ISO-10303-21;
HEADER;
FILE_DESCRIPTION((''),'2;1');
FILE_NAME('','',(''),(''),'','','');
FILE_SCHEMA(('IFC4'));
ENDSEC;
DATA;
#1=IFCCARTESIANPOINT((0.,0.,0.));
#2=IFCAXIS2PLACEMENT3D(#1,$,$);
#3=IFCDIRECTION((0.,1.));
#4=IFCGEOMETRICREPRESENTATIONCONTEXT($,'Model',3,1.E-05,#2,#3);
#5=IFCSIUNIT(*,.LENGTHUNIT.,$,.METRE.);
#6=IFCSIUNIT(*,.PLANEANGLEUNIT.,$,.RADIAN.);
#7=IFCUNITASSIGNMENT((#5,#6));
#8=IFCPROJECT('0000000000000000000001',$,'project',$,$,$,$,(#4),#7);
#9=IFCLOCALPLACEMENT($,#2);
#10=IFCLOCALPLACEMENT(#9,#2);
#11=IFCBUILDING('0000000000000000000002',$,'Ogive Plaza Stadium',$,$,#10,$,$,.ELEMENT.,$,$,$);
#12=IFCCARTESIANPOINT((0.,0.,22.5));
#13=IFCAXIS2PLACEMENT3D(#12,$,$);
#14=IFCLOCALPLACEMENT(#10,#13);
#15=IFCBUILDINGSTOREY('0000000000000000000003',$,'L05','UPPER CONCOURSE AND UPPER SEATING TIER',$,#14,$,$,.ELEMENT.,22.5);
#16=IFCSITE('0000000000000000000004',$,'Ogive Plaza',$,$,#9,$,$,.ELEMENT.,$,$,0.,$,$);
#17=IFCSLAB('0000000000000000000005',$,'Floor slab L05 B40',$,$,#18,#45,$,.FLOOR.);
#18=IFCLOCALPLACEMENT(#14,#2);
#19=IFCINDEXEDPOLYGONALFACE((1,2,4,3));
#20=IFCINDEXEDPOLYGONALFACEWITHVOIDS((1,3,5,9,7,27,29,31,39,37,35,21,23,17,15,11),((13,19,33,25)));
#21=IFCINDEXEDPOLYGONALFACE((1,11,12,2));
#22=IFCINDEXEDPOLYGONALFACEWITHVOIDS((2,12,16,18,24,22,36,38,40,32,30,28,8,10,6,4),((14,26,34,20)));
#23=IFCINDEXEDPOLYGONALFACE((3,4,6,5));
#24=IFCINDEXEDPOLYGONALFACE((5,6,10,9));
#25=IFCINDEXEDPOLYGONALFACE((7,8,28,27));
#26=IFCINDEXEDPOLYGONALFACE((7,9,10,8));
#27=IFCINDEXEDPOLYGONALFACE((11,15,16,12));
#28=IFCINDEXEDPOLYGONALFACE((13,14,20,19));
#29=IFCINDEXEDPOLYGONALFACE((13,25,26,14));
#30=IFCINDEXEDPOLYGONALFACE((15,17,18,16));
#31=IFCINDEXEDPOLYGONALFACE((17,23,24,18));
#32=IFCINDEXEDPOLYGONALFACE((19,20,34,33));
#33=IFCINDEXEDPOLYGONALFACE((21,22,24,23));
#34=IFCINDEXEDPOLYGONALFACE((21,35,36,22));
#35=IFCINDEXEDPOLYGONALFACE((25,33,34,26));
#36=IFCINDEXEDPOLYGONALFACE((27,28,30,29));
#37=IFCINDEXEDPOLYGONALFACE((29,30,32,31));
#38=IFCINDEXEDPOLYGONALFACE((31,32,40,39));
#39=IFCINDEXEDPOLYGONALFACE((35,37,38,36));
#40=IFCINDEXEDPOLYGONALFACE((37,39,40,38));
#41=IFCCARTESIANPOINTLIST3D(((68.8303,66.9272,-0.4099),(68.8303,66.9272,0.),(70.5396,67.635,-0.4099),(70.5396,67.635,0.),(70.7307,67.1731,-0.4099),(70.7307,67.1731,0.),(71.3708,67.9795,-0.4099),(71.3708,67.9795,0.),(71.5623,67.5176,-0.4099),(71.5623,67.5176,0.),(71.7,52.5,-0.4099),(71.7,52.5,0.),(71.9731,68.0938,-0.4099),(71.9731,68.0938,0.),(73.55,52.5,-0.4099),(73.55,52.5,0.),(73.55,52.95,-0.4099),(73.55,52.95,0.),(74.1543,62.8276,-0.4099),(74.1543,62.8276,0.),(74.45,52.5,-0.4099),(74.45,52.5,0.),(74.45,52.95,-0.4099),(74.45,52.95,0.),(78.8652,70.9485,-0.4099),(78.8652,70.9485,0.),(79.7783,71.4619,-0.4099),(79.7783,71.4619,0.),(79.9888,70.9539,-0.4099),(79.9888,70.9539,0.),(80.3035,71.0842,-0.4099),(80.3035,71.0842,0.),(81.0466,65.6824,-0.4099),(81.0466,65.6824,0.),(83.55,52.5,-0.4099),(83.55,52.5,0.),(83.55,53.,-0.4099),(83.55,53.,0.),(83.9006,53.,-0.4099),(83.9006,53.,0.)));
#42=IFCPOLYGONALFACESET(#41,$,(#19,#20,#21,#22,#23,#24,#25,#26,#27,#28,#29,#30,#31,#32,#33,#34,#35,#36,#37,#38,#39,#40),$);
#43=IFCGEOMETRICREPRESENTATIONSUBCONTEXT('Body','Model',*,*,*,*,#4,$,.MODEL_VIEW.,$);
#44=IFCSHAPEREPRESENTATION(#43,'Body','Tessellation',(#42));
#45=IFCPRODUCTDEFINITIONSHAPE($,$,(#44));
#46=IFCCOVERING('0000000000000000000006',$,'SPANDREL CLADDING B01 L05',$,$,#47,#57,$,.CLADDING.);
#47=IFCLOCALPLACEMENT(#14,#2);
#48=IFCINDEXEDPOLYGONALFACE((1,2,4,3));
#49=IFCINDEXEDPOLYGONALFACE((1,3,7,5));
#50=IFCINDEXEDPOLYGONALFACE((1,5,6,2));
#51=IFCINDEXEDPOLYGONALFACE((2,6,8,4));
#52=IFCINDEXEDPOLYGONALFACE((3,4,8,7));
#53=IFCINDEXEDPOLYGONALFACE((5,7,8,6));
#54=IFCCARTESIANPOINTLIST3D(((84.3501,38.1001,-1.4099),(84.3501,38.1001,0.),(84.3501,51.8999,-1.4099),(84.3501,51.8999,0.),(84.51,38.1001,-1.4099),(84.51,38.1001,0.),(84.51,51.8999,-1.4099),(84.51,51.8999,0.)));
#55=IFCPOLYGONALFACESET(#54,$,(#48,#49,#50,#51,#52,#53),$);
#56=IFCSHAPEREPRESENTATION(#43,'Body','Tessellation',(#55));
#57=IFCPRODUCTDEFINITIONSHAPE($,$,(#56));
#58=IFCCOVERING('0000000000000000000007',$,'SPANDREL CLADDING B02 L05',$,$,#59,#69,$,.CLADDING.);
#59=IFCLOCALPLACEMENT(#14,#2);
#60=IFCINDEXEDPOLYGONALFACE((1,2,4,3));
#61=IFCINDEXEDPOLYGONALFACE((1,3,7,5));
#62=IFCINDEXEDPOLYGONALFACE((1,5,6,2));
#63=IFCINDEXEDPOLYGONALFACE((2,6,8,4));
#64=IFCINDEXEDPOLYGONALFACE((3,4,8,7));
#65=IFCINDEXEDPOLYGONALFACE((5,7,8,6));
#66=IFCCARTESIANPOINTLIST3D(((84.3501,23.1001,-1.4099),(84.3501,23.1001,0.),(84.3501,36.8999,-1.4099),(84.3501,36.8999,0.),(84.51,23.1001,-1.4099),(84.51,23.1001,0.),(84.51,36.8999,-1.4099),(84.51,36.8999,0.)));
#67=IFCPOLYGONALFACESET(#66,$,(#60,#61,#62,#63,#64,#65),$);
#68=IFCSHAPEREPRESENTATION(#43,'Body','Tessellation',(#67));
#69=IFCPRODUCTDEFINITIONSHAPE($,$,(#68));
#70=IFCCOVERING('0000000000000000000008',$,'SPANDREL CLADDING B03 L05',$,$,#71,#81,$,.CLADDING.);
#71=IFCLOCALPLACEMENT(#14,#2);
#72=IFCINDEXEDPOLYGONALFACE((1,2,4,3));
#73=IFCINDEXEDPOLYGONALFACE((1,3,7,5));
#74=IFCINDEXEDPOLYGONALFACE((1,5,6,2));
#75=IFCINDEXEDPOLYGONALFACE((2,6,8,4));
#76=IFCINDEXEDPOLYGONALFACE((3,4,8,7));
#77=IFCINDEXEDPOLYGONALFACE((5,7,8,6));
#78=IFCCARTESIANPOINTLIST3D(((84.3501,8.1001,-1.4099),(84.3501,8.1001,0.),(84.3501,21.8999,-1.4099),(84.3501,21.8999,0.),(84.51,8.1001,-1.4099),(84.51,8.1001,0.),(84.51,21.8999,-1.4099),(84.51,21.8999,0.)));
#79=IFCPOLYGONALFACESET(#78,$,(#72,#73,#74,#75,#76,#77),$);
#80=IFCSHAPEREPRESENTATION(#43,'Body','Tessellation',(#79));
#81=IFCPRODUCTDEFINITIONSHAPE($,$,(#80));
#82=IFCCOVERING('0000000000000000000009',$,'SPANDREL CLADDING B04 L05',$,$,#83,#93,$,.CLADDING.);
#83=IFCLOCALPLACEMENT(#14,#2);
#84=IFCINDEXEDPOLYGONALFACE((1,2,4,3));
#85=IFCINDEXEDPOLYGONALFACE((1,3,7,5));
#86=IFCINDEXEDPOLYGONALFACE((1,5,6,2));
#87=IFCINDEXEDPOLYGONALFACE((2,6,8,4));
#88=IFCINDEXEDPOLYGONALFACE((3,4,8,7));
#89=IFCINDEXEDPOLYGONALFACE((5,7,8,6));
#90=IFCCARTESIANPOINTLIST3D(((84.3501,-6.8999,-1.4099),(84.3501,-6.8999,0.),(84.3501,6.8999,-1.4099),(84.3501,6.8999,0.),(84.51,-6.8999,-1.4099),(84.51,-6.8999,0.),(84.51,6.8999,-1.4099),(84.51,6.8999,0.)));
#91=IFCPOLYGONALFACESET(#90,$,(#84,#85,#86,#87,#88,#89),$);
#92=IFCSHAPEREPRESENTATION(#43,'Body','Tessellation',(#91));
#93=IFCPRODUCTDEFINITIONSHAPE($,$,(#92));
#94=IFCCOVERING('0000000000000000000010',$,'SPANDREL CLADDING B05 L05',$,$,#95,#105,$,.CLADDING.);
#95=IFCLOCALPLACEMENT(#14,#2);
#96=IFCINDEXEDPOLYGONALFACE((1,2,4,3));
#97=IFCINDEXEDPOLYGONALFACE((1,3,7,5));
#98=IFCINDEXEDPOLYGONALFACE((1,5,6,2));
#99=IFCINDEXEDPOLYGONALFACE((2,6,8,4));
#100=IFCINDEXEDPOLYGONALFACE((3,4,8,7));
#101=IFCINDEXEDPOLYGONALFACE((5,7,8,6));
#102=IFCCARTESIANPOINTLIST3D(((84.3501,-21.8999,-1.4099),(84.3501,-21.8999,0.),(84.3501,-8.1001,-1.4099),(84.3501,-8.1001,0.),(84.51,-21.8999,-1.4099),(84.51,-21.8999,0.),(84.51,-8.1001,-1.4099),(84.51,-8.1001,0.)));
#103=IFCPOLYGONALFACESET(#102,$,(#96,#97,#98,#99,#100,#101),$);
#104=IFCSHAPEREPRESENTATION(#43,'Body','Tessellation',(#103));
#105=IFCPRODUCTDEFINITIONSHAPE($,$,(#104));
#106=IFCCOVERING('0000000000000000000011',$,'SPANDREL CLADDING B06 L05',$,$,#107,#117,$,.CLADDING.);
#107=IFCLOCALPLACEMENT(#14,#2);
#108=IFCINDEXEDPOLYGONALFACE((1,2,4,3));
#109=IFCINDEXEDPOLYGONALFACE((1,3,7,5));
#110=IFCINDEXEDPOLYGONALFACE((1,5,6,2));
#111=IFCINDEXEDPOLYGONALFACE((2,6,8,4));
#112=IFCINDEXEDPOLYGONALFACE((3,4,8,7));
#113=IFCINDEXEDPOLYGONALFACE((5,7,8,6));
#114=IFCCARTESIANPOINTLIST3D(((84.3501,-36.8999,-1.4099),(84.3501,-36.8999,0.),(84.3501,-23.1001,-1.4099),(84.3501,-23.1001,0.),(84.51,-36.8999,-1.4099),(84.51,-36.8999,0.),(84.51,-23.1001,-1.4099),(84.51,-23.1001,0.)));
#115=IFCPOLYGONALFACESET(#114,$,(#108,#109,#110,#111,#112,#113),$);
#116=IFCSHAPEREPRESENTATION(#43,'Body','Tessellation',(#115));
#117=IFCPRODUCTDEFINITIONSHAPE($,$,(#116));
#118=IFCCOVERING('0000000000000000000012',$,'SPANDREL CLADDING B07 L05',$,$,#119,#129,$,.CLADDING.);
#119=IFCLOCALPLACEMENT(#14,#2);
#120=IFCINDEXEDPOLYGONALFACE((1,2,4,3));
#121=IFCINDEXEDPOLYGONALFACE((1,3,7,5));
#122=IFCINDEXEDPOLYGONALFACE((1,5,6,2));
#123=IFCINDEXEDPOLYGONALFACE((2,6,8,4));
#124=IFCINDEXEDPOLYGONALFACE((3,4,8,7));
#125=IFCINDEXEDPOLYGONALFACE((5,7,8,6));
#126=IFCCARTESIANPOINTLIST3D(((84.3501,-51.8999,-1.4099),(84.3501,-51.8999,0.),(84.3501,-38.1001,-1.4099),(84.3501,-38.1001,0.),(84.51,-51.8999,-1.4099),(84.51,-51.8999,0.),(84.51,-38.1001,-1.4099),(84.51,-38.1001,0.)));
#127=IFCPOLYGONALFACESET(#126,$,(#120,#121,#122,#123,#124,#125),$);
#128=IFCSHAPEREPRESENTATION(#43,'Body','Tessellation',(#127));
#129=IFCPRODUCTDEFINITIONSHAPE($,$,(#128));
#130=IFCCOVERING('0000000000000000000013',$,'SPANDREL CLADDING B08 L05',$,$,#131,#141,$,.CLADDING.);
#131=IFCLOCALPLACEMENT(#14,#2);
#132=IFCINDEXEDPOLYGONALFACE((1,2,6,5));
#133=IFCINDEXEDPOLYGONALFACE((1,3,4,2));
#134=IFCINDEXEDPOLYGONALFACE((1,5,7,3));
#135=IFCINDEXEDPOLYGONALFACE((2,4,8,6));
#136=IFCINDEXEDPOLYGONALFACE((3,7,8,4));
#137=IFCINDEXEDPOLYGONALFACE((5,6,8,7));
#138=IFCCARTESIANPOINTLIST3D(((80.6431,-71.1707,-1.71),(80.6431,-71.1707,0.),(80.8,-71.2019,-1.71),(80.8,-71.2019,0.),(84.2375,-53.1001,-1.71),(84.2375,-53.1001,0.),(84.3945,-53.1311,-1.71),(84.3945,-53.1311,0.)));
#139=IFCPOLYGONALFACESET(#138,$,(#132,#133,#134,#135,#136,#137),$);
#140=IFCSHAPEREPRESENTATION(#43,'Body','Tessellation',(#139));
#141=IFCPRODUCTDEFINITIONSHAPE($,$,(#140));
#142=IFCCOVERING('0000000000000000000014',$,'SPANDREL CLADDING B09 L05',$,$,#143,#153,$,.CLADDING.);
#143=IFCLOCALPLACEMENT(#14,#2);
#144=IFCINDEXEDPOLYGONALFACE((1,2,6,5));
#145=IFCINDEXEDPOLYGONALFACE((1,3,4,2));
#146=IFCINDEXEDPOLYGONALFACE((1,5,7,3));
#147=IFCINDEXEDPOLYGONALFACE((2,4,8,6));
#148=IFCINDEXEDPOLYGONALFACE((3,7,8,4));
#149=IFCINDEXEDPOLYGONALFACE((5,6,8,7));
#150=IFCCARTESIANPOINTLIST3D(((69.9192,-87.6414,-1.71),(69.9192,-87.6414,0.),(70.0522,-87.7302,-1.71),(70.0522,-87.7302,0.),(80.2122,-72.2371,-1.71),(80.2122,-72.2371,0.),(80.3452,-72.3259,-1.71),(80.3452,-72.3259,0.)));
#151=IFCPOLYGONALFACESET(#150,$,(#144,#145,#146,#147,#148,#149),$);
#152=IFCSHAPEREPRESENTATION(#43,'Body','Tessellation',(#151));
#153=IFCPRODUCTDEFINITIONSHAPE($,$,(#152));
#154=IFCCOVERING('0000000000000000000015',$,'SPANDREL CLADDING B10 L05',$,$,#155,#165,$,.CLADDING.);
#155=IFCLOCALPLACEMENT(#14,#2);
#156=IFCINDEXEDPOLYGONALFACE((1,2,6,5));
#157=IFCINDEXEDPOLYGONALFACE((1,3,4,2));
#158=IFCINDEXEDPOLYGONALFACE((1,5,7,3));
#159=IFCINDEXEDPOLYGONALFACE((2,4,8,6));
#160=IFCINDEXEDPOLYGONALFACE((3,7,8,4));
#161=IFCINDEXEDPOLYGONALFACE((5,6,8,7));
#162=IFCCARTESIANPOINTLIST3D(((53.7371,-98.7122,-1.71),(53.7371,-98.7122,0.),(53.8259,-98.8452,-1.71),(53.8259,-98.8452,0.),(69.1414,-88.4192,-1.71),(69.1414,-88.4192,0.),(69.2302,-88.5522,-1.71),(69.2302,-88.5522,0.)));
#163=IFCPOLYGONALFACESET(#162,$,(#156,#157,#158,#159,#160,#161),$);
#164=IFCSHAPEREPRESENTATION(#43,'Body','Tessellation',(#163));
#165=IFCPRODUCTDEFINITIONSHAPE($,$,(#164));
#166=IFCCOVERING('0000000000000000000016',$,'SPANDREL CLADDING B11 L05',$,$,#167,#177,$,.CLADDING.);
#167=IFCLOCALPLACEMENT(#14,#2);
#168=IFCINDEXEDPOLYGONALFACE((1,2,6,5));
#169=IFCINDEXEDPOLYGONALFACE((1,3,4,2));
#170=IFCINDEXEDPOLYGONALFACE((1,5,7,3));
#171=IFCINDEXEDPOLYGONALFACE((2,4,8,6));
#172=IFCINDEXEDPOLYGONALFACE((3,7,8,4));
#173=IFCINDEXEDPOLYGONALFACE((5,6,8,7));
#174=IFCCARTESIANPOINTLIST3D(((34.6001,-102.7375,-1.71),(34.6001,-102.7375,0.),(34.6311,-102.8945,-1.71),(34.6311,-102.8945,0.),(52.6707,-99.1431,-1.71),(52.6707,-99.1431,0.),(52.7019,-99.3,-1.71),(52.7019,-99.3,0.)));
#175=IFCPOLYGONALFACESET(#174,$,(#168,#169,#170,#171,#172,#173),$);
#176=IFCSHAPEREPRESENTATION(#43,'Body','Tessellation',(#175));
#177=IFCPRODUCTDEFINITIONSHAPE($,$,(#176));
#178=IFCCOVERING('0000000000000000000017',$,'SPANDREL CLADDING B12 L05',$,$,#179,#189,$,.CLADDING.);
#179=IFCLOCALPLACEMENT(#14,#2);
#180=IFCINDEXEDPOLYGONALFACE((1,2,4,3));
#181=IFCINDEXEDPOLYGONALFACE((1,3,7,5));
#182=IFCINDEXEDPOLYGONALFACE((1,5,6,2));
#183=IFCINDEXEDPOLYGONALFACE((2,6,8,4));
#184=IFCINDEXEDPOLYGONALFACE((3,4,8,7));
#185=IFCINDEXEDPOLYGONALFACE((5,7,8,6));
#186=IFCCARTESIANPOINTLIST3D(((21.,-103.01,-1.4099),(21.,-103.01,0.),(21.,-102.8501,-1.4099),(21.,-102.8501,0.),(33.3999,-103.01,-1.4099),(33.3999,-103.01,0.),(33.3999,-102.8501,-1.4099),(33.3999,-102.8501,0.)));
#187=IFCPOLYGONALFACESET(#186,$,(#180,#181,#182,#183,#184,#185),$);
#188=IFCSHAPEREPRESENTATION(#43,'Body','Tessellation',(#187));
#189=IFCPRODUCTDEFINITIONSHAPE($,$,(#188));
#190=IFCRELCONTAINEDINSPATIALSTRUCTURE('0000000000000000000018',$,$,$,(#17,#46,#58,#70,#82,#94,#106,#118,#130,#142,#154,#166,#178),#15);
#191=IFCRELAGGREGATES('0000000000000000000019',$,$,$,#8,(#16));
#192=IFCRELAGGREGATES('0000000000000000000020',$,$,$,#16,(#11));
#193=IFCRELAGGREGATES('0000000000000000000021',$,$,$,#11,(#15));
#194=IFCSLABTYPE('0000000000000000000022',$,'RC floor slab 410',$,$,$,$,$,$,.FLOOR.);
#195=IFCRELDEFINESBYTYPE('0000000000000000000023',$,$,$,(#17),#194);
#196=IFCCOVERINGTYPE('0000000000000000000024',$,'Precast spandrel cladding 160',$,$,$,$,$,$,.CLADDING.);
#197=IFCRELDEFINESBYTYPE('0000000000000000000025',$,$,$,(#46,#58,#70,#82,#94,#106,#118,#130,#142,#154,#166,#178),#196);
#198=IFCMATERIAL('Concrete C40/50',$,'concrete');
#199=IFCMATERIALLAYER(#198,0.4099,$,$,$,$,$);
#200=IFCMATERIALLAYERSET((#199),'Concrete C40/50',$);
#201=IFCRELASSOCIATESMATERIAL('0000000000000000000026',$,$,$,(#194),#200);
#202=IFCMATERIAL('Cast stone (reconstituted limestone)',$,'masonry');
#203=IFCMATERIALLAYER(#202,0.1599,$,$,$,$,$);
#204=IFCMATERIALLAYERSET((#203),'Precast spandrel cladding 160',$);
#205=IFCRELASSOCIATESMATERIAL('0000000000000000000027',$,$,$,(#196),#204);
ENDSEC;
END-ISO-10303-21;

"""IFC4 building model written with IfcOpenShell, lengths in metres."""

from ifc_helpers import new_model, si_unit, direction, frame, origin, place, context, subcontext, project, spatial, polyline, outline, extrude, material, layer, layer_set, type_object, element, save


model = new_model("IFC4")

# Units and contexts
model_context = context("Model", 3, precision=1e-05, world=origin(), true_north=direction((0.0, 1.0)))
body_context = subcontext(model_context, "Body", "Model", "MODEL_VIEW")
ifc_project = project(units=[si_unit("LENGTHUNIT", "METRE"), si_unit("PLANEANGLEUNIT", "RADIAN")], contexts=[model_context])

# Site, building, storey
site_placement = place(None, origin())
site = spatial("IfcSite", under=ifc_project, at=site_placement, Name="Ogive Plaza", CompositionType="ELEMENT", RefElevation=0.0)
building_placement = place(site_placement, origin())
building = spatial("IfcBuilding", under=site, at=building_placement, Name="Ogive Plaza Stadium", CompositionType="ELEMENT")
storey_placement = place(building_placement, frame((0.0, 0.0, 22.5)))
storey = spatial("IfcBuildingStorey", under=building, at=storey_placement, Name="L05", Description="UPPER CONCOURSE AND UPPER SEATING TIER", CompositionType="ELEMENT", Elevation=22.5)

# Slab
ifc_material_1 = material(Name="Concrete C40/50", Category="concrete")
ifc_layer_1 = layer(ifc_material_1, 0.4099)
ifc_layer_set_1 = layer_set([ifc_layer_1], Name="Concrete C40/50")
slab_type = type_object("IfcSlabType", Name="RC floor slab 410", PredefinedType="FLOOR", material=ifc_layer_set_1)
slab_1_placement = place(storey_placement, frame((0.0, 0.0, -0.4099)))
element("IfcSlab", 1, at=slab_1_placement, inside=storey, type_object=slab_type, Name="Floor slab L05 B40", PredefinedType="FLOOR", context=body_context, shape_type="SweptSolid", body=[
    extrude(outline(polyline([(73.55, 52.5), (73.55, 52.95), (74.45, 52.95), (74.45, 52.5), (83.55, 52.5), (83.55, 53.0), (83.9006, 53.0), (80.3035, 71.0842), (79.9888, 70.9539), (79.7783, 71.4619), (71.3708, 67.9795), (71.5623, 67.5176), (70.7307, 67.1731), (70.5396, 67.635), (68.8303, 66.9272), (71.7, 52.5), (73.55, 52.5)]), holes=[polyline([(71.9731, 68.0938), (74.1543, 62.8276), (81.0466, 65.6824), (78.8652, 70.9485), (71.9731, 68.0938)])]), origin(), (0.0, 0.0, 1.0), 0.4099),
])

# Coverings
ifc_material_2 = material(Name="Cast stone (reconstituted limestone)", Category="masonry")
ifc_layer_2 = layer(ifc_material_2, 0.1599)
ifc_layer_set_2 = layer_set([ifc_layer_2], Name="Precast spandrel cladding 160")
covering_type = type_object("IfcCoveringType", Name="Precast spandrel cladding 160", PredefinedType="CLADDING", material=ifc_layer_set_2)
covering_1_placement = place(storey_placement, frame((0.0, 0.0, -1.4099)))
element("IfcCovering", 2, at=covering_1_placement, inside=storey, type_object=covering_type, Name="SPANDREL CLADDING B01 L05", PredefinedType="CLADDING", context=body_context, shape_type="SweptSolid", body=[
    extrude(outline(polyline([(84.3501, 51.8999), (84.3501, 38.1001), (84.51, 38.1001), (84.51, 51.8999), (84.3501, 51.8999)])), origin(), (0.0, 0.0, 1.0), 1.4099),
])
covering_2_placement = place(storey_placement, frame((0.0, 0.0, -1.4099)))
element("IfcCovering", 3, at=covering_2_placement, inside=storey, type_object=covering_type, Name="SPANDREL CLADDING B02 L05", PredefinedType="CLADDING", context=body_context, shape_type="SweptSolid", body=[
    extrude(outline(polyline([(84.3501, 36.8999), (84.3501, 23.1001), (84.51, 23.1001), (84.51, 36.8999), (84.3501, 36.8999)])), origin(), (0.0, 0.0, 1.0), 1.4099),
])
covering_3_placement = place(storey_placement, frame((0.0, 0.0, -1.4099)))
element("IfcCovering", 4, at=covering_3_placement, inside=storey, type_object=covering_type, Name="SPANDREL CLADDING B03 L05", PredefinedType="CLADDING", context=body_context, shape_type="SweptSolid", body=[
    extrude(outline(polyline([(84.3501, 21.8999), (84.3501, 8.1001), (84.51, 8.1001), (84.51, 21.8999), (84.3501, 21.8999)])), origin(), (0.0, 0.0, 1.0), 1.4099),
])
covering_4_placement = place(storey_placement, frame((0.0, 0.0, -1.4099)))
element("IfcCovering", 5, at=covering_4_placement, inside=storey, type_object=covering_type, Name="SPANDREL CLADDING B04 L05", PredefinedType="CLADDING", context=body_context, shape_type="SweptSolid", body=[
    extrude(outline(polyline([(84.3501, 6.8999), (84.3501, -6.8999), (84.51, -6.8999), (84.51, 6.8999), (84.3501, 6.8999)])), origin(), (0.0, 0.0, 1.0), 1.4099),
])
covering_5_placement = place(storey_placement, frame((0.0, 0.0, -1.4099)))
element("IfcCovering", 6, at=covering_5_placement, inside=storey, type_object=covering_type, Name="SPANDREL CLADDING B05 L05", PredefinedType="CLADDING", context=body_context, shape_type="SweptSolid", body=[
    extrude(outline(polyline([(84.3501, -8.1001), (84.3501, -21.8999), (84.51, -21.8999), (84.51, -8.1001), (84.3501, -8.1001)])), origin(), (0.0, 0.0, 1.0), 1.4099),
])
covering_6_placement = place(storey_placement, frame((0.0, 0.0, -1.4099)))
element("IfcCovering", 7, at=covering_6_placement, inside=storey, type_object=covering_type, Name="SPANDREL CLADDING B06 L05", PredefinedType="CLADDING", context=body_context, shape_type="SweptSolid", body=[
    extrude(outline(polyline([(84.3501, -23.1001), (84.3501, -36.8999), (84.51, -36.8999), (84.51, -23.1001), (84.3501, -23.1001)])), origin(), (0.0, 0.0, 1.0), 1.4099),
])
covering_7_placement = place(storey_placement, frame((0.0, 0.0, -1.4099)))
element("IfcCovering", 8, at=covering_7_placement, inside=storey, type_object=covering_type, Name="SPANDREL CLADDING B07 L05", PredefinedType="CLADDING", context=body_context, shape_type="SweptSolid", body=[
    extrude(outline(polyline([(84.3501, -38.1001), (84.3501, -51.8999), (84.51, -51.8999), (84.51, -38.1001), (84.3501, -38.1001)])), origin(), (0.0, 0.0, 1.0), 1.4099),
])
covering_8_placement = place(storey_placement, frame((0.0, 0.0, -1.71)))
element("IfcCovering", 9, at=covering_8_placement, inside=storey, type_object=covering_type, Name="SPANDREL CLADDING B08 L05", PredefinedType="CLADDING", context=body_context, shape_type="SweptSolid", body=[
    extrude(outline(polyline([(84.2375, -53.1001), (80.6431, -71.1707), (80.8, -71.2019), (84.3945, -53.1311), (84.2375, -53.1001)])), origin(), (0.0, 0.0, 1.0), 1.71),
])
covering_9_placement = place(storey_placement, frame((0.0, 0.0, -1.71)))
element("IfcCovering", 10, at=covering_9_placement, inside=storey, type_object=covering_type, Name="SPANDREL CLADDING B09 L05", PredefinedType="CLADDING", context=body_context, shape_type="SweptSolid", body=[
    extrude(outline(polyline([(80.2122, -72.2371), (69.9192, -87.6414), (70.0522, -87.7302), (80.3452, -72.3259), (80.2122, -72.2371)])), origin(), (0.0, 0.0, 1.0), 1.71),
])
covering_10_placement = place(storey_placement, frame((0.0, 0.0, -1.71)))
element("IfcCovering", 11, at=covering_10_placement, inside=storey, type_object=covering_type, Name="SPANDREL CLADDING B10 L05", PredefinedType="CLADDING", context=body_context, shape_type="SweptSolid", body=[
    extrude(outline(polyline([(69.1414, -88.4192), (53.7371, -98.7122), (53.8259, -98.8452), (69.2302, -88.5522), (69.1414, -88.4192)])), origin(), (0.0, 0.0, 1.0), 1.71),
])
covering_11_placement = place(storey_placement, frame((0.0, 0.0, -1.71)))
element("IfcCovering", 12, at=covering_11_placement, inside=storey, type_object=covering_type, Name="SPANDREL CLADDING B11 L05", PredefinedType="CLADDING", context=body_context, shape_type="SweptSolid", body=[
    extrude(outline(polyline([(52.6707, -99.1431), (34.6001, -102.7375), (34.6311, -102.8945), (52.7019, -99.3), (52.6707, -99.1431)])), origin(), (0.0, 0.0, 1.0), 1.71),
])
covering_12_placement = place(storey_placement, frame((0.0, 0.0, -1.4099)))
element("IfcCovering", 13, at=covering_12_placement, inside=storey, type_object=covering_type, Name="SPANDREL CLADDING B12 L05", PredefinedType="CLADDING", context=body_context, shape_type="SweptSolid", body=[
    extrude(outline(polyline([(33.3999, -102.8501), (21.0, -102.8501), (21.0, -103.01), (33.3999, -103.01), (33.3999, -102.8501)])), origin(), (0.0, 0.0, 1.0), 1.4099),
])

save(model, "model.ifc")
